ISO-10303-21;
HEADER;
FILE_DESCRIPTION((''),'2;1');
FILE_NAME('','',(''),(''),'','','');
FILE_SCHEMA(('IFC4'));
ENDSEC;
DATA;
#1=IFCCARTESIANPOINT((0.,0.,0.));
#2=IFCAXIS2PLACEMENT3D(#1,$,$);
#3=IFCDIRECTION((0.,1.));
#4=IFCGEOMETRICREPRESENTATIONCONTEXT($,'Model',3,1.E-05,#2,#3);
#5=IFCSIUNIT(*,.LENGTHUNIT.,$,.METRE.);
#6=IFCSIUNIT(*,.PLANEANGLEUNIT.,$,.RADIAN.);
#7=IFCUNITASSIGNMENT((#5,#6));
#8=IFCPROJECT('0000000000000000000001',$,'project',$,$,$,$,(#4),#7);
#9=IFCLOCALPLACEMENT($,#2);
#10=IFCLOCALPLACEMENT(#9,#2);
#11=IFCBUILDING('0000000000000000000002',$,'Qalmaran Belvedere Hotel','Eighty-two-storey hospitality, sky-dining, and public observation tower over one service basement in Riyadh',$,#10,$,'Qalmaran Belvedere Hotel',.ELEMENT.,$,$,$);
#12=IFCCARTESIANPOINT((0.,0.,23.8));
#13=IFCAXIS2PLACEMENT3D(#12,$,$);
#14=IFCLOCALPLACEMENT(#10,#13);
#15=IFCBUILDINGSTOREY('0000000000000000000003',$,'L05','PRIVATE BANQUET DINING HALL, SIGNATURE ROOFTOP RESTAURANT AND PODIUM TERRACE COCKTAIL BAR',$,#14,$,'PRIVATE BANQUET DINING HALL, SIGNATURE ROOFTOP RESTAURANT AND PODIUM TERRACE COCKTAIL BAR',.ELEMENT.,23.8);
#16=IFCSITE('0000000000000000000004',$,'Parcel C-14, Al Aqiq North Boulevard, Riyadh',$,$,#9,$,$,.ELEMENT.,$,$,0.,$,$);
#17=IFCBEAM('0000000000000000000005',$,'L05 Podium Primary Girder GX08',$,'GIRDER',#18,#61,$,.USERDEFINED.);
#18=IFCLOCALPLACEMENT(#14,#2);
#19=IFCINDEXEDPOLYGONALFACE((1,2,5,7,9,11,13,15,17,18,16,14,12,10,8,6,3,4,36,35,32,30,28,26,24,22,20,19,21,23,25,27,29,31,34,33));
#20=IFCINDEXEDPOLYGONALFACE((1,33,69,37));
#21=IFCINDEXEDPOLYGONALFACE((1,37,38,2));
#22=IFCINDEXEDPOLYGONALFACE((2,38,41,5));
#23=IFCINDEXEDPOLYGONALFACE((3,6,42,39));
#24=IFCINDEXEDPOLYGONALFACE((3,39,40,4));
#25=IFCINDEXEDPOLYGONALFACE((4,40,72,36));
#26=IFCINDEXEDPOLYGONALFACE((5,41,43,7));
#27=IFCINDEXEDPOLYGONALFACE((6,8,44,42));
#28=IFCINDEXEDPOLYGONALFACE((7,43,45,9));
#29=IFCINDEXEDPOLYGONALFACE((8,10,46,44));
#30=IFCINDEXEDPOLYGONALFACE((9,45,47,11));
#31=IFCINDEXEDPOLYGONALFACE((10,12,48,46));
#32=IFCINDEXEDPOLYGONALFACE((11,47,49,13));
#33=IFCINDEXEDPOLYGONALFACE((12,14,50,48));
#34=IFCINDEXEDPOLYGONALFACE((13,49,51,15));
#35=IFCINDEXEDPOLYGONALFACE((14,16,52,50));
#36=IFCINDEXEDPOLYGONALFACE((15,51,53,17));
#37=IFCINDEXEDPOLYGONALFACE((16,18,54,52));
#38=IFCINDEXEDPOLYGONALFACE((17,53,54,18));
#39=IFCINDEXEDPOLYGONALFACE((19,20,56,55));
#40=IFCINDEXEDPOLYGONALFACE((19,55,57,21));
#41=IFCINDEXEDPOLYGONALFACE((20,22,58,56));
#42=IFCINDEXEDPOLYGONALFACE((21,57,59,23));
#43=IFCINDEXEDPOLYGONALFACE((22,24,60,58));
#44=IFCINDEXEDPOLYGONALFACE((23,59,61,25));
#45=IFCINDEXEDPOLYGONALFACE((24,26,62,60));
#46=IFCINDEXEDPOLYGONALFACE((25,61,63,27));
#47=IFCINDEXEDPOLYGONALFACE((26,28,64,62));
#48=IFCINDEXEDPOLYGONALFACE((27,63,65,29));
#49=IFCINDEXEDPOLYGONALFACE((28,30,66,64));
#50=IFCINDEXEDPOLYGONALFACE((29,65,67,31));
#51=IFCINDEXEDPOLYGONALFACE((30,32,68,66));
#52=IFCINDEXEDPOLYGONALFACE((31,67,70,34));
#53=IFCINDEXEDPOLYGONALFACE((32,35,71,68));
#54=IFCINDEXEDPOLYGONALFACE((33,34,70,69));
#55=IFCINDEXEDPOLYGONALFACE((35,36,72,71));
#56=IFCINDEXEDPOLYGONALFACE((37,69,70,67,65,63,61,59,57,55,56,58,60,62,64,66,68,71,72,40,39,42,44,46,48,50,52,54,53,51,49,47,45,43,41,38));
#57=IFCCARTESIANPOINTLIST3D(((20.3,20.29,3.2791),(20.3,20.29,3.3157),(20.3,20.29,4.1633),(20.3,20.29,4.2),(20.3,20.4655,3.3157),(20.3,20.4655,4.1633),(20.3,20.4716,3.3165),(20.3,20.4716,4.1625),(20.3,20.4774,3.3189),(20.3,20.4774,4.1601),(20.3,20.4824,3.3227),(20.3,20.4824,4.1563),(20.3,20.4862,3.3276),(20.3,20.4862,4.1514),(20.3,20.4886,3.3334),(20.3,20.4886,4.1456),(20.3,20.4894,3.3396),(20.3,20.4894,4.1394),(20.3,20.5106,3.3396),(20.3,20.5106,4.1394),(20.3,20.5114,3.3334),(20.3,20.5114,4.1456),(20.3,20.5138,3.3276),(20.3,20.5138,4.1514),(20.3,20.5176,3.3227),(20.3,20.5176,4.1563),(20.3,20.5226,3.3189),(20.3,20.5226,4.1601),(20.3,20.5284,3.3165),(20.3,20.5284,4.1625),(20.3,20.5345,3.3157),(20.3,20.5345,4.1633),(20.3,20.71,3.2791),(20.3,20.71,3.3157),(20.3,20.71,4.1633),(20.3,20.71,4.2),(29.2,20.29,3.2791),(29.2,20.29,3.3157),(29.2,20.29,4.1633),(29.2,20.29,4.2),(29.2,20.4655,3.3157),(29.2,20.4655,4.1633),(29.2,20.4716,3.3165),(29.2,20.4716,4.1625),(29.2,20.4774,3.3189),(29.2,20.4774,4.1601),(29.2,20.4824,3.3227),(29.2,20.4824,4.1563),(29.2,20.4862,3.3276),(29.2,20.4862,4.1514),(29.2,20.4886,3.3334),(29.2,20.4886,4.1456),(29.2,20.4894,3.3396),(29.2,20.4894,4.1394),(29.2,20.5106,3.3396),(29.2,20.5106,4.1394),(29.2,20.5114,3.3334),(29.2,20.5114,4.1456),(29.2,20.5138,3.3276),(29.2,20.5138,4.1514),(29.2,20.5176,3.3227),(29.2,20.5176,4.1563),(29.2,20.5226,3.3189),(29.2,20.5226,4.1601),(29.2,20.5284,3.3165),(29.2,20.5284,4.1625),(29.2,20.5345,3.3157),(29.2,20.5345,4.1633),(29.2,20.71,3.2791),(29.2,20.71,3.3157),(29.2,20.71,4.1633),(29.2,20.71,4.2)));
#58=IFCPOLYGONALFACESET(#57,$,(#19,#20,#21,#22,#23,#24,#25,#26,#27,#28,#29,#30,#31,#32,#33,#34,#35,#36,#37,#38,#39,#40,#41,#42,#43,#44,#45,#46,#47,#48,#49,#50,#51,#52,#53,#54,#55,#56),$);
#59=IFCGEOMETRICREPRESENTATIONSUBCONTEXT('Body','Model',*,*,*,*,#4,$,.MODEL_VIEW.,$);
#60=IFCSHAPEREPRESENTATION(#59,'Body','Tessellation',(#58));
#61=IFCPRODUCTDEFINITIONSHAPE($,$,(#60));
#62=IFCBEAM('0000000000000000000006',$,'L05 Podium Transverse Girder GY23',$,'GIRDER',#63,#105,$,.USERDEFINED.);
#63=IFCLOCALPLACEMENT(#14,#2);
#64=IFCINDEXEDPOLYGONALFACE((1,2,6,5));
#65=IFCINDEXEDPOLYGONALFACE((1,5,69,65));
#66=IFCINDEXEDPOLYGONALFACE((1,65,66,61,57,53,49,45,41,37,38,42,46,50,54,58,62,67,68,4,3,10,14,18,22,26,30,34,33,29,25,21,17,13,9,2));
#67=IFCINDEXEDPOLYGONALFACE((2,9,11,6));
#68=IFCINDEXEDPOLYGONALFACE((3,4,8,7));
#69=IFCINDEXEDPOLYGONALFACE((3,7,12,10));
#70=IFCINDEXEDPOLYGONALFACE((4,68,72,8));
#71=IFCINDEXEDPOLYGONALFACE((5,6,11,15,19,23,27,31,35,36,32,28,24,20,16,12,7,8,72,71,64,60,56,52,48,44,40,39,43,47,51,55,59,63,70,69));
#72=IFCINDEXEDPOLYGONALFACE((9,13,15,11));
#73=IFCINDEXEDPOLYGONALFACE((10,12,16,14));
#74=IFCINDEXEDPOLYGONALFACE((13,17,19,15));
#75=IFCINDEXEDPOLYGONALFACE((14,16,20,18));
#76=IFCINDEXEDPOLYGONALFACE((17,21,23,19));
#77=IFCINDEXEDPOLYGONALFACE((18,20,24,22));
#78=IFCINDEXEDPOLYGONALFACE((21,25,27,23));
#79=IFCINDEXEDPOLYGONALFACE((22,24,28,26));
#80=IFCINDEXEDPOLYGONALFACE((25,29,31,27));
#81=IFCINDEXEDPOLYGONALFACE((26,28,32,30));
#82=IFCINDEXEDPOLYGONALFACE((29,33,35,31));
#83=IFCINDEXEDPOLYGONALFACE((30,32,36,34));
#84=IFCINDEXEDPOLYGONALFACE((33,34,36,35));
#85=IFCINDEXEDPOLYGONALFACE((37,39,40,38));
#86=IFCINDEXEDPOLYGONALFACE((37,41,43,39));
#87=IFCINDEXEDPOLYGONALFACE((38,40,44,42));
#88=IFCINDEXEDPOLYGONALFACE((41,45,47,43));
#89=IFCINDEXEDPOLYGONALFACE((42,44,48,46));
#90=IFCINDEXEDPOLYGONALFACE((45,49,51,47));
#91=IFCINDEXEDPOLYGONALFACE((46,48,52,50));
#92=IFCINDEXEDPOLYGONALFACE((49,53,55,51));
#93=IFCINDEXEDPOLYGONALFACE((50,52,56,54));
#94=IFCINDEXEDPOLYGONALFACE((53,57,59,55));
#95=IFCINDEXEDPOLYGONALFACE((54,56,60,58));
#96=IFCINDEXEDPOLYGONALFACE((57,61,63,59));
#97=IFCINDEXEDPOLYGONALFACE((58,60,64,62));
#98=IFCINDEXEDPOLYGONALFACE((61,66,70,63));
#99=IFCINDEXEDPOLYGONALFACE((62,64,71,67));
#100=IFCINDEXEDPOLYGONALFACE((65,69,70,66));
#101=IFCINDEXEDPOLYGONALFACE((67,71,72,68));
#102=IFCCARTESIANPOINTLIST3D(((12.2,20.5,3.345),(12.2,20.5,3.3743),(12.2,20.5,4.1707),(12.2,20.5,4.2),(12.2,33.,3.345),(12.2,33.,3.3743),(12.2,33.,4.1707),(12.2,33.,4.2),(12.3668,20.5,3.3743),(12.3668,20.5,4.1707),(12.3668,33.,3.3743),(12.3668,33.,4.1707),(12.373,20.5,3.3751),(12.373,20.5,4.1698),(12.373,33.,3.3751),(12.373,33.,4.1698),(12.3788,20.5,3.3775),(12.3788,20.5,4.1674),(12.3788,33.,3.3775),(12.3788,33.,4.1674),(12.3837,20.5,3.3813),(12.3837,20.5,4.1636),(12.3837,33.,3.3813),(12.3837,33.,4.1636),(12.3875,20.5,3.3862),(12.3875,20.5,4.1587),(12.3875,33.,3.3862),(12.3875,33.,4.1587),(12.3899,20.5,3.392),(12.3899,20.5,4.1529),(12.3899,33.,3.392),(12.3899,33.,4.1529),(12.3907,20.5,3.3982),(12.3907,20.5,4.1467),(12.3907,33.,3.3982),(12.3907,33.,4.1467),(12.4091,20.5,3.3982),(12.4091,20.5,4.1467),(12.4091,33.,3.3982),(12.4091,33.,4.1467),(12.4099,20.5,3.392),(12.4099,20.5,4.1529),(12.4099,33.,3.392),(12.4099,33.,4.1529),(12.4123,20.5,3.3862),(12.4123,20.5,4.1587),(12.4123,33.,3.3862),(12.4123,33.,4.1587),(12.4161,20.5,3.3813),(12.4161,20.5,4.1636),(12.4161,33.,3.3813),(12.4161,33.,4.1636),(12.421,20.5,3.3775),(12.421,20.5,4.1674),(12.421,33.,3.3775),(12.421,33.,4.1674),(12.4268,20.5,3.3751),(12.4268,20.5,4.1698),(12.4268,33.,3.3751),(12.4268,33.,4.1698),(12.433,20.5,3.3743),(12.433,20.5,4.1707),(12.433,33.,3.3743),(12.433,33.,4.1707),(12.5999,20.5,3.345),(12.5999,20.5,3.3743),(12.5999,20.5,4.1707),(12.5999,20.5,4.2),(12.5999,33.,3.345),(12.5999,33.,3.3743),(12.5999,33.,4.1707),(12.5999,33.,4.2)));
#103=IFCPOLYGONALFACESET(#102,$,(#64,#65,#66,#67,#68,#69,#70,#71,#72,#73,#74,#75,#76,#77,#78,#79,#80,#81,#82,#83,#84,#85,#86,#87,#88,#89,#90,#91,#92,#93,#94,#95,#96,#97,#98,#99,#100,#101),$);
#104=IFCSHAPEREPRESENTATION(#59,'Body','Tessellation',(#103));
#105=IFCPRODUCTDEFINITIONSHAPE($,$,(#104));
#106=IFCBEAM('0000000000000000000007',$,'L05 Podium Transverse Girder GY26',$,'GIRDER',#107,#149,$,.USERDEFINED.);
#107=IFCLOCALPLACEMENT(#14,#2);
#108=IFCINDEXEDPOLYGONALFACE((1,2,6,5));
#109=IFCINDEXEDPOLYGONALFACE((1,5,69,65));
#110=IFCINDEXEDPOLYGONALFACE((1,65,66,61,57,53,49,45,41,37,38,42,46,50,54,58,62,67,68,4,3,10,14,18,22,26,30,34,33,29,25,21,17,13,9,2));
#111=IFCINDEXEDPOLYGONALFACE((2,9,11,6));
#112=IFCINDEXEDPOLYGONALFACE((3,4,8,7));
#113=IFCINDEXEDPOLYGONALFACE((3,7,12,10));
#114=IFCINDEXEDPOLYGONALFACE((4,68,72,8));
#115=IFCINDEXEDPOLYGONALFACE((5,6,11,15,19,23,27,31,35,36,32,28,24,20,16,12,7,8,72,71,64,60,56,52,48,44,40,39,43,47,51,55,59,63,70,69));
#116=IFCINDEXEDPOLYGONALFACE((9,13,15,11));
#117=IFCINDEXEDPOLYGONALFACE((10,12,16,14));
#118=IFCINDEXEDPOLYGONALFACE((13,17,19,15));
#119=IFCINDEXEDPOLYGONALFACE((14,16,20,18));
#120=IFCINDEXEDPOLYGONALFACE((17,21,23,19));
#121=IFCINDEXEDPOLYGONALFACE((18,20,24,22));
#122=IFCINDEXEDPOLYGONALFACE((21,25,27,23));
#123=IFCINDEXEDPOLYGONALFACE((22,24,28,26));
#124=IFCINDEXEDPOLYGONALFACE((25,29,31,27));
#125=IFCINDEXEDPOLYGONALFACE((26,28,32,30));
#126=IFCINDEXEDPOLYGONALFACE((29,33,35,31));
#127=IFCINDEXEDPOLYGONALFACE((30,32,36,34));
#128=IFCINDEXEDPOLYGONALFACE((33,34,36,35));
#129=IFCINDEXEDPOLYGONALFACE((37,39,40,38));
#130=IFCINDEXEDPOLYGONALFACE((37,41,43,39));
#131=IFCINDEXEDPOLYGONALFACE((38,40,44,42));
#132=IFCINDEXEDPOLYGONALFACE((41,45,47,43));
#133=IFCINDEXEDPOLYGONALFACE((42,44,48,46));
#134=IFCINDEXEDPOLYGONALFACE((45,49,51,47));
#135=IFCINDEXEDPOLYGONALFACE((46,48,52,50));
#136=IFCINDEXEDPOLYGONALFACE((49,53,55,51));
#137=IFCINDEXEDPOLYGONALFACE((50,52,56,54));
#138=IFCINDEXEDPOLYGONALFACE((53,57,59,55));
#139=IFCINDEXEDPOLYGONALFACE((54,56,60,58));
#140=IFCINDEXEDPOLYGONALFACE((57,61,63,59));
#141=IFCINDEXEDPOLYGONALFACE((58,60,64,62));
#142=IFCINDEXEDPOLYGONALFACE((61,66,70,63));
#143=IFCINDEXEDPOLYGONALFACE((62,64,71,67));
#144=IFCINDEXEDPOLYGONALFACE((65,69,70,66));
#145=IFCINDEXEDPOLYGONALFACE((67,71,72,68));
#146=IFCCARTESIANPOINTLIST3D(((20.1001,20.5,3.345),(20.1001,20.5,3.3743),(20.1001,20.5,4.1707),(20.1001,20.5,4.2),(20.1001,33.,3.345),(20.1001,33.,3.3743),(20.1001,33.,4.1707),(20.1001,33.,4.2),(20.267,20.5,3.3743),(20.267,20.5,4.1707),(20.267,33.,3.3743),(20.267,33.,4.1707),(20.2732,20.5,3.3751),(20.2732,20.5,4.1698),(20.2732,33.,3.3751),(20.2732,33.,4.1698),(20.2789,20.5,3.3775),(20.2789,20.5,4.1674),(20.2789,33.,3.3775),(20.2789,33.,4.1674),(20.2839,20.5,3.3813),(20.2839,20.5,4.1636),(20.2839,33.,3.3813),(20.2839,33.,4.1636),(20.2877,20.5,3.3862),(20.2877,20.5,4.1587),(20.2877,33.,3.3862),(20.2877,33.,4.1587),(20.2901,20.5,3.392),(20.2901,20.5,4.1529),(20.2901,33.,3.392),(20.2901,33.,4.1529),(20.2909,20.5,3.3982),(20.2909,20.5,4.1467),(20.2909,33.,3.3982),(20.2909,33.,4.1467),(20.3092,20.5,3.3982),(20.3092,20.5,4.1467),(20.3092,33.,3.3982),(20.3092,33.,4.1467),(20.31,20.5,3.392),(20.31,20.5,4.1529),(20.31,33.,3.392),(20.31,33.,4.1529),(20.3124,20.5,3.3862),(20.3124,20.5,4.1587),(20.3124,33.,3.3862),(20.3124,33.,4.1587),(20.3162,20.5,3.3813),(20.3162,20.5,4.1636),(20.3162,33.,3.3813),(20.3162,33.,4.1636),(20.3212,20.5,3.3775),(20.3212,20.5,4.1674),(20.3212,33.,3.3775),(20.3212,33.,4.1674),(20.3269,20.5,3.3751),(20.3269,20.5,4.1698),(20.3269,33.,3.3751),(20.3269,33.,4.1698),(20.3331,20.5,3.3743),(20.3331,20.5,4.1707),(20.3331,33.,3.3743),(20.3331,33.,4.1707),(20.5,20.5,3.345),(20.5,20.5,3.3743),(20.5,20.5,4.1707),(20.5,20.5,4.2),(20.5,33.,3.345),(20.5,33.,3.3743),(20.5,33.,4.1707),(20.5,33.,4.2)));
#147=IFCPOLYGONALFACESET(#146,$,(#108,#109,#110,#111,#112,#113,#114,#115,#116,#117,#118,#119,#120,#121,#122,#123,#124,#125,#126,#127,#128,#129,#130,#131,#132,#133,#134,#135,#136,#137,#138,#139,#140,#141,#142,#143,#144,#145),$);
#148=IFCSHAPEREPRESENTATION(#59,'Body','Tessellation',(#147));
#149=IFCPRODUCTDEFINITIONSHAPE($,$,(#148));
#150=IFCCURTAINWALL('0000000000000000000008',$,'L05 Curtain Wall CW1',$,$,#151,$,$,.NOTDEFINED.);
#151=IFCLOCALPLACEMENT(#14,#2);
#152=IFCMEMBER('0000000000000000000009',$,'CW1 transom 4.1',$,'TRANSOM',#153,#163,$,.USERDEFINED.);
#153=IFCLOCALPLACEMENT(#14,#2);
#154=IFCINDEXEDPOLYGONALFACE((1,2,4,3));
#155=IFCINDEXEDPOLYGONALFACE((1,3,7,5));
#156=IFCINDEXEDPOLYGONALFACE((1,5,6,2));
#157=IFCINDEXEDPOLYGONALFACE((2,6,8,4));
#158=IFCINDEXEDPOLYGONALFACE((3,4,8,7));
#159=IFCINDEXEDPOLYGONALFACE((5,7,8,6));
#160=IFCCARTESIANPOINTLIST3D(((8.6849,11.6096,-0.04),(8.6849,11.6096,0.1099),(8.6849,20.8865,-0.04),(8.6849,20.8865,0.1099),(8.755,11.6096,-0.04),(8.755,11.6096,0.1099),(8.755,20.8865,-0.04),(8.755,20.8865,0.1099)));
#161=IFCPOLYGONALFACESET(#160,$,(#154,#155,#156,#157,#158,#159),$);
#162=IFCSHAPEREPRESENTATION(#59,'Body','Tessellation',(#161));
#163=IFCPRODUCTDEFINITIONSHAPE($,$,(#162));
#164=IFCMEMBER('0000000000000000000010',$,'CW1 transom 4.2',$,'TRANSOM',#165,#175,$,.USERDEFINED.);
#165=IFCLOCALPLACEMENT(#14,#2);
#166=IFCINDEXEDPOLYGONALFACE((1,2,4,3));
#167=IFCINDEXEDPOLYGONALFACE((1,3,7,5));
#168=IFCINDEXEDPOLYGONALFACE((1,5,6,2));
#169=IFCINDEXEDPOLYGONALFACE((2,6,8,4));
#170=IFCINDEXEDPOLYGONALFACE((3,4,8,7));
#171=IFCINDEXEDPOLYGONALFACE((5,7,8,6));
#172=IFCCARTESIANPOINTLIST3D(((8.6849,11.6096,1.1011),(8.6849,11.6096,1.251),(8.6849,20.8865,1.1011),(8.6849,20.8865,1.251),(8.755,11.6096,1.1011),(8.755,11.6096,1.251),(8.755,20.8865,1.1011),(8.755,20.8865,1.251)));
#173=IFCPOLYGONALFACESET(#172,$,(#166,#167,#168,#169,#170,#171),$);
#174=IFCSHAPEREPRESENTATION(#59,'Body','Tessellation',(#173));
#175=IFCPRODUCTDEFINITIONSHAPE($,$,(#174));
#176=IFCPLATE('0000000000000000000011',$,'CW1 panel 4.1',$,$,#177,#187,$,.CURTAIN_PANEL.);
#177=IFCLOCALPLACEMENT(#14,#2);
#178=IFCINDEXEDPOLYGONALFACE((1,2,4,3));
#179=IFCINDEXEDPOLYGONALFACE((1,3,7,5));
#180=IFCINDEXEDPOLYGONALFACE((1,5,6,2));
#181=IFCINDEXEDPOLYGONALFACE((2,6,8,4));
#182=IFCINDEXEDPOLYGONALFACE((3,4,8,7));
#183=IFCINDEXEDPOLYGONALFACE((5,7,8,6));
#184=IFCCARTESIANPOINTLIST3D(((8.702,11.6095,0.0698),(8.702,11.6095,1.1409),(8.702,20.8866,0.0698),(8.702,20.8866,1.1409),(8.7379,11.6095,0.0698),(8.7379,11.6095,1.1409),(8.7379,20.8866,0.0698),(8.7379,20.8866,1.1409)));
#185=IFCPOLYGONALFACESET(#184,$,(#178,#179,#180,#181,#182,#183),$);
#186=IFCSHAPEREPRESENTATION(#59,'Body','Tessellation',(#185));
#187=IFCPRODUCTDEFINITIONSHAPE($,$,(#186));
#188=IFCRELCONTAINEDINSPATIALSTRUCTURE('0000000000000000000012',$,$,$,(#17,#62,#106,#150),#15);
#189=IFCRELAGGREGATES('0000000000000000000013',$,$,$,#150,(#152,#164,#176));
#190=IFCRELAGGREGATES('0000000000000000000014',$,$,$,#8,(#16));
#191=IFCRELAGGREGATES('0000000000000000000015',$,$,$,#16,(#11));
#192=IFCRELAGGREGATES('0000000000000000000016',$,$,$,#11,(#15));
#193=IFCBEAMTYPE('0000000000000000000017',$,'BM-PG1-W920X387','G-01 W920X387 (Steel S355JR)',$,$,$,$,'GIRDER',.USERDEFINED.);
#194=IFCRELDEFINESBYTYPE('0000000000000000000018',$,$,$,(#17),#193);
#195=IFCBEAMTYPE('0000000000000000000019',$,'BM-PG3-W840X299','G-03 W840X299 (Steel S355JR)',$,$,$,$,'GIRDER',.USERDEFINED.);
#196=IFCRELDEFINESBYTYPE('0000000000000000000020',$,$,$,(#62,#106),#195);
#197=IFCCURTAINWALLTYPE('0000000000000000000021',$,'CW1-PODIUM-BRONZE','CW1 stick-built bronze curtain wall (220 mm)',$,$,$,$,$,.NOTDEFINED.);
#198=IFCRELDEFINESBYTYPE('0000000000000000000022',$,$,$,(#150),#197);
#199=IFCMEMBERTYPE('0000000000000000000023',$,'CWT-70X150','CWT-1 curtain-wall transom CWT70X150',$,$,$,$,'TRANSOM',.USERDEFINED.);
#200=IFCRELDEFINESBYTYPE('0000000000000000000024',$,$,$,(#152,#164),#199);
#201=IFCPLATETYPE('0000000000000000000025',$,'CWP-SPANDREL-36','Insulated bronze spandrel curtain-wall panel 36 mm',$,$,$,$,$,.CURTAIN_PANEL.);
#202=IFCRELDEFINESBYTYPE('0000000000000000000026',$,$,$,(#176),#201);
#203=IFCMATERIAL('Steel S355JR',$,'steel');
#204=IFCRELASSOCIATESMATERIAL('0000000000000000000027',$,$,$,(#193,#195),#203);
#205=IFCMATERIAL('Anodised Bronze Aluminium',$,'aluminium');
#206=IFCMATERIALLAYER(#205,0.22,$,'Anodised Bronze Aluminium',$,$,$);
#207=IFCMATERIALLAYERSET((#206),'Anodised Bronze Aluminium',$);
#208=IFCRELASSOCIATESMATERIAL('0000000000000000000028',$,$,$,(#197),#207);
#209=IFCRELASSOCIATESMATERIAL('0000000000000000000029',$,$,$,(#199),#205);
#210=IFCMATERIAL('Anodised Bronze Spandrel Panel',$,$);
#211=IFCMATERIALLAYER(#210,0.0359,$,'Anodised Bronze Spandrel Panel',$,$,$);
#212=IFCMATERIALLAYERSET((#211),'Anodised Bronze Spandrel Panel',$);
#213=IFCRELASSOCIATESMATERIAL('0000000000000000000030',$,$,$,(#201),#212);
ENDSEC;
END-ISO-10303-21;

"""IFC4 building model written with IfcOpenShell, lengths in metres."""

from ifc_helpers import new_model, si_unit, direction, frame, origin, origin_2d, place, context, subcontext, project, spatial, rectangle, i_section, extrude, material, layer, layer_set, material_profile, profile_set, type_object, element, aggregate, save


model = new_model("IFC4")

# Units and contexts
model_context = context("Model", 3, precision=1e-05, world=origin(), true_north=direction((0.0, 1.0)))
body_context = subcontext(model_context, "Body", "Model", "MODEL_VIEW")
ifc_project = project(units=[si_unit("LENGTHUNIT", "METRE"), si_unit("PLANEANGLEUNIT", "RADIAN")], contexts=[model_context])

# Site, building, storey
site_placement = place(None, origin())
site = spatial("IfcSite", under=ifc_project, at=site_placement, Name="Parcel C-14, Al Aqiq North Boulevard, Riyadh", CompositionType="ELEMENT", RefElevation=0.0)
building_placement = place(site_placement, origin())
building = spatial("IfcBuilding", under=site, at=building_placement, Name="Qalmaran Belvedere Hotel", Description="Eighty-two-storey hospitality, sky-dining, and public observation tower over one service basement in Riyadh", LongName="Qalmaran Belvedere Hotel", CompositionType="ELEMENT")
storey_placement = place(building_placement, frame((0.0, 0.0, 23.8)))
storey = spatial("IfcBuildingStorey", under=building, at=storey_placement, Name="L05", Description="PRIVATE BANQUET DINING HALL, SIGNATURE ROOFTOP RESTAURANT AND PODIUM TERRACE COCKTAIL BAR", LongName="PRIVATE BANQUET DINING HALL, SIGNATURE ROOFTOP RESTAURANT AND PODIUM TERRACE COCKTAIL BAR", CompositionType="ELEMENT", Elevation=23.8)

# Beams
ifc_material_1 = material(Name="Steel S355JR", Category="steel")
ifc_material_profile_1 = material_profile(ifc_material_1, i_section(OverallWidth=0.4199, OverallDepth=0.9209, WebThickness=0.0212, FlangeThickness=0.0366, FilletRadius=0.0239, at=origin_2d()), Name="W920X387")
ifc_profile_set_1 = profile_set([ifc_material_profile_1], Name="Steel S355JR")
beam_type_1 = type_object("IfcBeamType", Name="BM-PG1-W920X387", Description="G-01 W920X387 (Steel S355JR)", ElementType="GIRDER", PredefinedType="USERDEFINED", material=ifc_profile_set_1)
beam_1_placement = place(storey_placement, frame((20.3, 20.5, 3.7395), z_axis=(1.0, 0.0, 0.0), x_axis=(0.0, 1.0, 0.0)))
element("IfcBeam", 1, at=beam_1_placement, inside=storey, type_object=beam_type_1, Name="L05 Podium Primary Girder GX08", ObjectType="GIRDER", PredefinedType="USERDEFINED", context=body_context, shape_type="SweptSolid", body=[
    extrude(i_section(OverallWidth=0.4199, OverallDepth=0.9209, WebThickness=0.0212, FlangeThickness=0.0366, FilletRadius=0.0239, at=origin_2d()), origin(), (0.0, 0.0, 1.0), 8.8999),
])
ifc_material_profile_2 = material_profile(ifc_material_1, i_section(OverallWidth=0.3999, OverallDepth=0.855, WebThickness=0.0183, FlangeThickness=0.0293, FilletRadius=0.0239, at=origin_2d()), Name="W840X299")
ifc_profile_set_2 = profile_set([ifc_material_profile_2], Name="Steel S355JR")
beam_type_2 = type_object("IfcBeamType", Name="BM-PG3-W840X299", Description="G-03 W840X299 (Steel S355JR)", ElementType="GIRDER", PredefinedType="USERDEFINED", material=ifc_profile_set_2)
for number, where, z_axis, x_axis, name in (
    (2, (12.3999, 20.5, 3.7725), (0.0, 1.0, 0.0), (-1.0, 0.0, 0.0), "L05 Podium Transverse Girder GY23"),
    (3, (20.3, 20.5, 3.7725), (0.0, 1.0, 0.0), (-1.0, 0.0, 0.0), "L05 Podium Transverse Girder GY26"),
):
    element("IfcBeam", number, at=place(storey_placement, frame(where, z_axis=z_axis, x_axis=x_axis)), inside=storey, type_object=beam_type_2, Name=name, ObjectType="GIRDER", PredefinedType="USERDEFINED", context=body_context, shape_type="SweptSolid", body=[
        extrude(i_section(OverallWidth=0.3999, OverallDepth=0.855, WebThickness=0.0183, FlangeThickness=0.0293, FilletRadius=0.0239, at=origin_2d()), origin(), (0.0, 0.0, 1.0), 12.5),
    ])

# Curtain wall, members, plate
ifc_material_2 = material(Name="Anodised Bronze Aluminium", Category="aluminium")
ifc_layer_1 = layer(ifc_material_2, 0.22, Name="Anodised Bronze Aluminium")
ifc_layer_set_1 = layer_set([ifc_layer_1], Name="Anodised Bronze Aluminium")
curtain_wall_type = type_object("IfcCurtainWallType", Name="CW1-PODIUM-BRONZE", Description="CW1 stick-built bronze curtain wall (220 mm)", PredefinedType="NOTDEFINED", material=ifc_layer_set_1)
curtain_wall_placement = place(storey_placement, origin())
curtain_wall = element("IfcCurtainWall", 4, at=curtain_wall_placement, inside=storey, type_object=curtain_wall_type, Name="L05 Curtain Wall CW1", PredefinedType="NOTDEFINED")
ifc_material_profile_3 = material_profile(ifc_material_2, rectangle(XDim=0.0701, YDim=0.1499, at=origin_2d()), Name="CWT70X150")
ifc_profile_set_3 = profile_set([ifc_material_profile_3], Name="Anodised Bronze Aluminium")
member_type = type_object("IfcMemberType", Name="CWT-70X150", Description="CWT-1 curtain-wall transom CWT70X150", ElementType="TRANSOM", PredefinedType="USERDEFINED", material=ifc_profile_set_3)
member_1_placement = place(storey_placement, frame((8.72, 20.8865, 0.0349), z_axis=(0.0, -1.0, 0.0), x_axis=(1.0, 0.0, 0.0)))
member_1 = element("IfcMember", 5, at=member_1_placement, type_object=member_type, Name="CW1 transom 4.1", ObjectType="TRANSOM", PredefinedType="USERDEFINED", context=body_context, shape_type="SweptSolid", body=[
    extrude(rectangle(XDim=0.0701, YDim=0.1499, at=origin_2d()), origin(), (0.0, 0.0, 1.0), 9.2769),
])
member_2_placement = place(storey_placement, frame((8.72, 20.8865, 1.176), z_axis=(0.0, -1.0, 0.0), x_axis=(1.0, 0.0, 0.0)))
member_2 = element("IfcMember", 6, at=member_2_placement, type_object=member_type, Name="CW1 transom 4.2", ObjectType="TRANSOM", PredefinedType="USERDEFINED", context=body_context, shape_type="SweptSolid", body=[
    extrude(rectangle(XDim=0.0701, YDim=0.1499, at=origin_2d()), origin(), (0.0, 0.0, 1.0), 9.2769),
])
ifc_material_3 = material(Name="Anodised Bronze Spandrel Panel")
ifc_layer_2 = layer(ifc_material_3, 0.0359, Name="Anodised Bronze Spandrel Panel")
ifc_layer_set_2 = layer_set([ifc_layer_2], Name="Anodised Bronze Spandrel Panel")
plate_type_1 = type_object("IfcPlateType", Name="CWP-SPANDREL-36", Description="Insulated bronze spandrel curtain-wall panel 36 mm", PredefinedType="CURTAIN_PANEL", material=ifc_layer_set_2)
plate_1_placement = place(storey_placement, frame((8.72, 16.248, 0.0698), z_axis=(0.0, 0.0, 1.0), x_axis=(0.0, -1.0, 0.0)))
plate_1 = element("IfcPlate", 7, at=plate_1_placement, type_object=plate_type_1, Name="CW1 panel 4.1", PredefinedType="CURTAIN_PANEL", context=body_context, shape_type="SweptSolid", body=[
    extrude(rectangle(XDim=9.2771, YDim=0.0359, at=origin_2d()), origin(), (0.0, 0.0, 1.0), 1.071),
])
aggregate(curtain_wall, [member_1, member_2, plate_1])

save(model, "model.ifc")
